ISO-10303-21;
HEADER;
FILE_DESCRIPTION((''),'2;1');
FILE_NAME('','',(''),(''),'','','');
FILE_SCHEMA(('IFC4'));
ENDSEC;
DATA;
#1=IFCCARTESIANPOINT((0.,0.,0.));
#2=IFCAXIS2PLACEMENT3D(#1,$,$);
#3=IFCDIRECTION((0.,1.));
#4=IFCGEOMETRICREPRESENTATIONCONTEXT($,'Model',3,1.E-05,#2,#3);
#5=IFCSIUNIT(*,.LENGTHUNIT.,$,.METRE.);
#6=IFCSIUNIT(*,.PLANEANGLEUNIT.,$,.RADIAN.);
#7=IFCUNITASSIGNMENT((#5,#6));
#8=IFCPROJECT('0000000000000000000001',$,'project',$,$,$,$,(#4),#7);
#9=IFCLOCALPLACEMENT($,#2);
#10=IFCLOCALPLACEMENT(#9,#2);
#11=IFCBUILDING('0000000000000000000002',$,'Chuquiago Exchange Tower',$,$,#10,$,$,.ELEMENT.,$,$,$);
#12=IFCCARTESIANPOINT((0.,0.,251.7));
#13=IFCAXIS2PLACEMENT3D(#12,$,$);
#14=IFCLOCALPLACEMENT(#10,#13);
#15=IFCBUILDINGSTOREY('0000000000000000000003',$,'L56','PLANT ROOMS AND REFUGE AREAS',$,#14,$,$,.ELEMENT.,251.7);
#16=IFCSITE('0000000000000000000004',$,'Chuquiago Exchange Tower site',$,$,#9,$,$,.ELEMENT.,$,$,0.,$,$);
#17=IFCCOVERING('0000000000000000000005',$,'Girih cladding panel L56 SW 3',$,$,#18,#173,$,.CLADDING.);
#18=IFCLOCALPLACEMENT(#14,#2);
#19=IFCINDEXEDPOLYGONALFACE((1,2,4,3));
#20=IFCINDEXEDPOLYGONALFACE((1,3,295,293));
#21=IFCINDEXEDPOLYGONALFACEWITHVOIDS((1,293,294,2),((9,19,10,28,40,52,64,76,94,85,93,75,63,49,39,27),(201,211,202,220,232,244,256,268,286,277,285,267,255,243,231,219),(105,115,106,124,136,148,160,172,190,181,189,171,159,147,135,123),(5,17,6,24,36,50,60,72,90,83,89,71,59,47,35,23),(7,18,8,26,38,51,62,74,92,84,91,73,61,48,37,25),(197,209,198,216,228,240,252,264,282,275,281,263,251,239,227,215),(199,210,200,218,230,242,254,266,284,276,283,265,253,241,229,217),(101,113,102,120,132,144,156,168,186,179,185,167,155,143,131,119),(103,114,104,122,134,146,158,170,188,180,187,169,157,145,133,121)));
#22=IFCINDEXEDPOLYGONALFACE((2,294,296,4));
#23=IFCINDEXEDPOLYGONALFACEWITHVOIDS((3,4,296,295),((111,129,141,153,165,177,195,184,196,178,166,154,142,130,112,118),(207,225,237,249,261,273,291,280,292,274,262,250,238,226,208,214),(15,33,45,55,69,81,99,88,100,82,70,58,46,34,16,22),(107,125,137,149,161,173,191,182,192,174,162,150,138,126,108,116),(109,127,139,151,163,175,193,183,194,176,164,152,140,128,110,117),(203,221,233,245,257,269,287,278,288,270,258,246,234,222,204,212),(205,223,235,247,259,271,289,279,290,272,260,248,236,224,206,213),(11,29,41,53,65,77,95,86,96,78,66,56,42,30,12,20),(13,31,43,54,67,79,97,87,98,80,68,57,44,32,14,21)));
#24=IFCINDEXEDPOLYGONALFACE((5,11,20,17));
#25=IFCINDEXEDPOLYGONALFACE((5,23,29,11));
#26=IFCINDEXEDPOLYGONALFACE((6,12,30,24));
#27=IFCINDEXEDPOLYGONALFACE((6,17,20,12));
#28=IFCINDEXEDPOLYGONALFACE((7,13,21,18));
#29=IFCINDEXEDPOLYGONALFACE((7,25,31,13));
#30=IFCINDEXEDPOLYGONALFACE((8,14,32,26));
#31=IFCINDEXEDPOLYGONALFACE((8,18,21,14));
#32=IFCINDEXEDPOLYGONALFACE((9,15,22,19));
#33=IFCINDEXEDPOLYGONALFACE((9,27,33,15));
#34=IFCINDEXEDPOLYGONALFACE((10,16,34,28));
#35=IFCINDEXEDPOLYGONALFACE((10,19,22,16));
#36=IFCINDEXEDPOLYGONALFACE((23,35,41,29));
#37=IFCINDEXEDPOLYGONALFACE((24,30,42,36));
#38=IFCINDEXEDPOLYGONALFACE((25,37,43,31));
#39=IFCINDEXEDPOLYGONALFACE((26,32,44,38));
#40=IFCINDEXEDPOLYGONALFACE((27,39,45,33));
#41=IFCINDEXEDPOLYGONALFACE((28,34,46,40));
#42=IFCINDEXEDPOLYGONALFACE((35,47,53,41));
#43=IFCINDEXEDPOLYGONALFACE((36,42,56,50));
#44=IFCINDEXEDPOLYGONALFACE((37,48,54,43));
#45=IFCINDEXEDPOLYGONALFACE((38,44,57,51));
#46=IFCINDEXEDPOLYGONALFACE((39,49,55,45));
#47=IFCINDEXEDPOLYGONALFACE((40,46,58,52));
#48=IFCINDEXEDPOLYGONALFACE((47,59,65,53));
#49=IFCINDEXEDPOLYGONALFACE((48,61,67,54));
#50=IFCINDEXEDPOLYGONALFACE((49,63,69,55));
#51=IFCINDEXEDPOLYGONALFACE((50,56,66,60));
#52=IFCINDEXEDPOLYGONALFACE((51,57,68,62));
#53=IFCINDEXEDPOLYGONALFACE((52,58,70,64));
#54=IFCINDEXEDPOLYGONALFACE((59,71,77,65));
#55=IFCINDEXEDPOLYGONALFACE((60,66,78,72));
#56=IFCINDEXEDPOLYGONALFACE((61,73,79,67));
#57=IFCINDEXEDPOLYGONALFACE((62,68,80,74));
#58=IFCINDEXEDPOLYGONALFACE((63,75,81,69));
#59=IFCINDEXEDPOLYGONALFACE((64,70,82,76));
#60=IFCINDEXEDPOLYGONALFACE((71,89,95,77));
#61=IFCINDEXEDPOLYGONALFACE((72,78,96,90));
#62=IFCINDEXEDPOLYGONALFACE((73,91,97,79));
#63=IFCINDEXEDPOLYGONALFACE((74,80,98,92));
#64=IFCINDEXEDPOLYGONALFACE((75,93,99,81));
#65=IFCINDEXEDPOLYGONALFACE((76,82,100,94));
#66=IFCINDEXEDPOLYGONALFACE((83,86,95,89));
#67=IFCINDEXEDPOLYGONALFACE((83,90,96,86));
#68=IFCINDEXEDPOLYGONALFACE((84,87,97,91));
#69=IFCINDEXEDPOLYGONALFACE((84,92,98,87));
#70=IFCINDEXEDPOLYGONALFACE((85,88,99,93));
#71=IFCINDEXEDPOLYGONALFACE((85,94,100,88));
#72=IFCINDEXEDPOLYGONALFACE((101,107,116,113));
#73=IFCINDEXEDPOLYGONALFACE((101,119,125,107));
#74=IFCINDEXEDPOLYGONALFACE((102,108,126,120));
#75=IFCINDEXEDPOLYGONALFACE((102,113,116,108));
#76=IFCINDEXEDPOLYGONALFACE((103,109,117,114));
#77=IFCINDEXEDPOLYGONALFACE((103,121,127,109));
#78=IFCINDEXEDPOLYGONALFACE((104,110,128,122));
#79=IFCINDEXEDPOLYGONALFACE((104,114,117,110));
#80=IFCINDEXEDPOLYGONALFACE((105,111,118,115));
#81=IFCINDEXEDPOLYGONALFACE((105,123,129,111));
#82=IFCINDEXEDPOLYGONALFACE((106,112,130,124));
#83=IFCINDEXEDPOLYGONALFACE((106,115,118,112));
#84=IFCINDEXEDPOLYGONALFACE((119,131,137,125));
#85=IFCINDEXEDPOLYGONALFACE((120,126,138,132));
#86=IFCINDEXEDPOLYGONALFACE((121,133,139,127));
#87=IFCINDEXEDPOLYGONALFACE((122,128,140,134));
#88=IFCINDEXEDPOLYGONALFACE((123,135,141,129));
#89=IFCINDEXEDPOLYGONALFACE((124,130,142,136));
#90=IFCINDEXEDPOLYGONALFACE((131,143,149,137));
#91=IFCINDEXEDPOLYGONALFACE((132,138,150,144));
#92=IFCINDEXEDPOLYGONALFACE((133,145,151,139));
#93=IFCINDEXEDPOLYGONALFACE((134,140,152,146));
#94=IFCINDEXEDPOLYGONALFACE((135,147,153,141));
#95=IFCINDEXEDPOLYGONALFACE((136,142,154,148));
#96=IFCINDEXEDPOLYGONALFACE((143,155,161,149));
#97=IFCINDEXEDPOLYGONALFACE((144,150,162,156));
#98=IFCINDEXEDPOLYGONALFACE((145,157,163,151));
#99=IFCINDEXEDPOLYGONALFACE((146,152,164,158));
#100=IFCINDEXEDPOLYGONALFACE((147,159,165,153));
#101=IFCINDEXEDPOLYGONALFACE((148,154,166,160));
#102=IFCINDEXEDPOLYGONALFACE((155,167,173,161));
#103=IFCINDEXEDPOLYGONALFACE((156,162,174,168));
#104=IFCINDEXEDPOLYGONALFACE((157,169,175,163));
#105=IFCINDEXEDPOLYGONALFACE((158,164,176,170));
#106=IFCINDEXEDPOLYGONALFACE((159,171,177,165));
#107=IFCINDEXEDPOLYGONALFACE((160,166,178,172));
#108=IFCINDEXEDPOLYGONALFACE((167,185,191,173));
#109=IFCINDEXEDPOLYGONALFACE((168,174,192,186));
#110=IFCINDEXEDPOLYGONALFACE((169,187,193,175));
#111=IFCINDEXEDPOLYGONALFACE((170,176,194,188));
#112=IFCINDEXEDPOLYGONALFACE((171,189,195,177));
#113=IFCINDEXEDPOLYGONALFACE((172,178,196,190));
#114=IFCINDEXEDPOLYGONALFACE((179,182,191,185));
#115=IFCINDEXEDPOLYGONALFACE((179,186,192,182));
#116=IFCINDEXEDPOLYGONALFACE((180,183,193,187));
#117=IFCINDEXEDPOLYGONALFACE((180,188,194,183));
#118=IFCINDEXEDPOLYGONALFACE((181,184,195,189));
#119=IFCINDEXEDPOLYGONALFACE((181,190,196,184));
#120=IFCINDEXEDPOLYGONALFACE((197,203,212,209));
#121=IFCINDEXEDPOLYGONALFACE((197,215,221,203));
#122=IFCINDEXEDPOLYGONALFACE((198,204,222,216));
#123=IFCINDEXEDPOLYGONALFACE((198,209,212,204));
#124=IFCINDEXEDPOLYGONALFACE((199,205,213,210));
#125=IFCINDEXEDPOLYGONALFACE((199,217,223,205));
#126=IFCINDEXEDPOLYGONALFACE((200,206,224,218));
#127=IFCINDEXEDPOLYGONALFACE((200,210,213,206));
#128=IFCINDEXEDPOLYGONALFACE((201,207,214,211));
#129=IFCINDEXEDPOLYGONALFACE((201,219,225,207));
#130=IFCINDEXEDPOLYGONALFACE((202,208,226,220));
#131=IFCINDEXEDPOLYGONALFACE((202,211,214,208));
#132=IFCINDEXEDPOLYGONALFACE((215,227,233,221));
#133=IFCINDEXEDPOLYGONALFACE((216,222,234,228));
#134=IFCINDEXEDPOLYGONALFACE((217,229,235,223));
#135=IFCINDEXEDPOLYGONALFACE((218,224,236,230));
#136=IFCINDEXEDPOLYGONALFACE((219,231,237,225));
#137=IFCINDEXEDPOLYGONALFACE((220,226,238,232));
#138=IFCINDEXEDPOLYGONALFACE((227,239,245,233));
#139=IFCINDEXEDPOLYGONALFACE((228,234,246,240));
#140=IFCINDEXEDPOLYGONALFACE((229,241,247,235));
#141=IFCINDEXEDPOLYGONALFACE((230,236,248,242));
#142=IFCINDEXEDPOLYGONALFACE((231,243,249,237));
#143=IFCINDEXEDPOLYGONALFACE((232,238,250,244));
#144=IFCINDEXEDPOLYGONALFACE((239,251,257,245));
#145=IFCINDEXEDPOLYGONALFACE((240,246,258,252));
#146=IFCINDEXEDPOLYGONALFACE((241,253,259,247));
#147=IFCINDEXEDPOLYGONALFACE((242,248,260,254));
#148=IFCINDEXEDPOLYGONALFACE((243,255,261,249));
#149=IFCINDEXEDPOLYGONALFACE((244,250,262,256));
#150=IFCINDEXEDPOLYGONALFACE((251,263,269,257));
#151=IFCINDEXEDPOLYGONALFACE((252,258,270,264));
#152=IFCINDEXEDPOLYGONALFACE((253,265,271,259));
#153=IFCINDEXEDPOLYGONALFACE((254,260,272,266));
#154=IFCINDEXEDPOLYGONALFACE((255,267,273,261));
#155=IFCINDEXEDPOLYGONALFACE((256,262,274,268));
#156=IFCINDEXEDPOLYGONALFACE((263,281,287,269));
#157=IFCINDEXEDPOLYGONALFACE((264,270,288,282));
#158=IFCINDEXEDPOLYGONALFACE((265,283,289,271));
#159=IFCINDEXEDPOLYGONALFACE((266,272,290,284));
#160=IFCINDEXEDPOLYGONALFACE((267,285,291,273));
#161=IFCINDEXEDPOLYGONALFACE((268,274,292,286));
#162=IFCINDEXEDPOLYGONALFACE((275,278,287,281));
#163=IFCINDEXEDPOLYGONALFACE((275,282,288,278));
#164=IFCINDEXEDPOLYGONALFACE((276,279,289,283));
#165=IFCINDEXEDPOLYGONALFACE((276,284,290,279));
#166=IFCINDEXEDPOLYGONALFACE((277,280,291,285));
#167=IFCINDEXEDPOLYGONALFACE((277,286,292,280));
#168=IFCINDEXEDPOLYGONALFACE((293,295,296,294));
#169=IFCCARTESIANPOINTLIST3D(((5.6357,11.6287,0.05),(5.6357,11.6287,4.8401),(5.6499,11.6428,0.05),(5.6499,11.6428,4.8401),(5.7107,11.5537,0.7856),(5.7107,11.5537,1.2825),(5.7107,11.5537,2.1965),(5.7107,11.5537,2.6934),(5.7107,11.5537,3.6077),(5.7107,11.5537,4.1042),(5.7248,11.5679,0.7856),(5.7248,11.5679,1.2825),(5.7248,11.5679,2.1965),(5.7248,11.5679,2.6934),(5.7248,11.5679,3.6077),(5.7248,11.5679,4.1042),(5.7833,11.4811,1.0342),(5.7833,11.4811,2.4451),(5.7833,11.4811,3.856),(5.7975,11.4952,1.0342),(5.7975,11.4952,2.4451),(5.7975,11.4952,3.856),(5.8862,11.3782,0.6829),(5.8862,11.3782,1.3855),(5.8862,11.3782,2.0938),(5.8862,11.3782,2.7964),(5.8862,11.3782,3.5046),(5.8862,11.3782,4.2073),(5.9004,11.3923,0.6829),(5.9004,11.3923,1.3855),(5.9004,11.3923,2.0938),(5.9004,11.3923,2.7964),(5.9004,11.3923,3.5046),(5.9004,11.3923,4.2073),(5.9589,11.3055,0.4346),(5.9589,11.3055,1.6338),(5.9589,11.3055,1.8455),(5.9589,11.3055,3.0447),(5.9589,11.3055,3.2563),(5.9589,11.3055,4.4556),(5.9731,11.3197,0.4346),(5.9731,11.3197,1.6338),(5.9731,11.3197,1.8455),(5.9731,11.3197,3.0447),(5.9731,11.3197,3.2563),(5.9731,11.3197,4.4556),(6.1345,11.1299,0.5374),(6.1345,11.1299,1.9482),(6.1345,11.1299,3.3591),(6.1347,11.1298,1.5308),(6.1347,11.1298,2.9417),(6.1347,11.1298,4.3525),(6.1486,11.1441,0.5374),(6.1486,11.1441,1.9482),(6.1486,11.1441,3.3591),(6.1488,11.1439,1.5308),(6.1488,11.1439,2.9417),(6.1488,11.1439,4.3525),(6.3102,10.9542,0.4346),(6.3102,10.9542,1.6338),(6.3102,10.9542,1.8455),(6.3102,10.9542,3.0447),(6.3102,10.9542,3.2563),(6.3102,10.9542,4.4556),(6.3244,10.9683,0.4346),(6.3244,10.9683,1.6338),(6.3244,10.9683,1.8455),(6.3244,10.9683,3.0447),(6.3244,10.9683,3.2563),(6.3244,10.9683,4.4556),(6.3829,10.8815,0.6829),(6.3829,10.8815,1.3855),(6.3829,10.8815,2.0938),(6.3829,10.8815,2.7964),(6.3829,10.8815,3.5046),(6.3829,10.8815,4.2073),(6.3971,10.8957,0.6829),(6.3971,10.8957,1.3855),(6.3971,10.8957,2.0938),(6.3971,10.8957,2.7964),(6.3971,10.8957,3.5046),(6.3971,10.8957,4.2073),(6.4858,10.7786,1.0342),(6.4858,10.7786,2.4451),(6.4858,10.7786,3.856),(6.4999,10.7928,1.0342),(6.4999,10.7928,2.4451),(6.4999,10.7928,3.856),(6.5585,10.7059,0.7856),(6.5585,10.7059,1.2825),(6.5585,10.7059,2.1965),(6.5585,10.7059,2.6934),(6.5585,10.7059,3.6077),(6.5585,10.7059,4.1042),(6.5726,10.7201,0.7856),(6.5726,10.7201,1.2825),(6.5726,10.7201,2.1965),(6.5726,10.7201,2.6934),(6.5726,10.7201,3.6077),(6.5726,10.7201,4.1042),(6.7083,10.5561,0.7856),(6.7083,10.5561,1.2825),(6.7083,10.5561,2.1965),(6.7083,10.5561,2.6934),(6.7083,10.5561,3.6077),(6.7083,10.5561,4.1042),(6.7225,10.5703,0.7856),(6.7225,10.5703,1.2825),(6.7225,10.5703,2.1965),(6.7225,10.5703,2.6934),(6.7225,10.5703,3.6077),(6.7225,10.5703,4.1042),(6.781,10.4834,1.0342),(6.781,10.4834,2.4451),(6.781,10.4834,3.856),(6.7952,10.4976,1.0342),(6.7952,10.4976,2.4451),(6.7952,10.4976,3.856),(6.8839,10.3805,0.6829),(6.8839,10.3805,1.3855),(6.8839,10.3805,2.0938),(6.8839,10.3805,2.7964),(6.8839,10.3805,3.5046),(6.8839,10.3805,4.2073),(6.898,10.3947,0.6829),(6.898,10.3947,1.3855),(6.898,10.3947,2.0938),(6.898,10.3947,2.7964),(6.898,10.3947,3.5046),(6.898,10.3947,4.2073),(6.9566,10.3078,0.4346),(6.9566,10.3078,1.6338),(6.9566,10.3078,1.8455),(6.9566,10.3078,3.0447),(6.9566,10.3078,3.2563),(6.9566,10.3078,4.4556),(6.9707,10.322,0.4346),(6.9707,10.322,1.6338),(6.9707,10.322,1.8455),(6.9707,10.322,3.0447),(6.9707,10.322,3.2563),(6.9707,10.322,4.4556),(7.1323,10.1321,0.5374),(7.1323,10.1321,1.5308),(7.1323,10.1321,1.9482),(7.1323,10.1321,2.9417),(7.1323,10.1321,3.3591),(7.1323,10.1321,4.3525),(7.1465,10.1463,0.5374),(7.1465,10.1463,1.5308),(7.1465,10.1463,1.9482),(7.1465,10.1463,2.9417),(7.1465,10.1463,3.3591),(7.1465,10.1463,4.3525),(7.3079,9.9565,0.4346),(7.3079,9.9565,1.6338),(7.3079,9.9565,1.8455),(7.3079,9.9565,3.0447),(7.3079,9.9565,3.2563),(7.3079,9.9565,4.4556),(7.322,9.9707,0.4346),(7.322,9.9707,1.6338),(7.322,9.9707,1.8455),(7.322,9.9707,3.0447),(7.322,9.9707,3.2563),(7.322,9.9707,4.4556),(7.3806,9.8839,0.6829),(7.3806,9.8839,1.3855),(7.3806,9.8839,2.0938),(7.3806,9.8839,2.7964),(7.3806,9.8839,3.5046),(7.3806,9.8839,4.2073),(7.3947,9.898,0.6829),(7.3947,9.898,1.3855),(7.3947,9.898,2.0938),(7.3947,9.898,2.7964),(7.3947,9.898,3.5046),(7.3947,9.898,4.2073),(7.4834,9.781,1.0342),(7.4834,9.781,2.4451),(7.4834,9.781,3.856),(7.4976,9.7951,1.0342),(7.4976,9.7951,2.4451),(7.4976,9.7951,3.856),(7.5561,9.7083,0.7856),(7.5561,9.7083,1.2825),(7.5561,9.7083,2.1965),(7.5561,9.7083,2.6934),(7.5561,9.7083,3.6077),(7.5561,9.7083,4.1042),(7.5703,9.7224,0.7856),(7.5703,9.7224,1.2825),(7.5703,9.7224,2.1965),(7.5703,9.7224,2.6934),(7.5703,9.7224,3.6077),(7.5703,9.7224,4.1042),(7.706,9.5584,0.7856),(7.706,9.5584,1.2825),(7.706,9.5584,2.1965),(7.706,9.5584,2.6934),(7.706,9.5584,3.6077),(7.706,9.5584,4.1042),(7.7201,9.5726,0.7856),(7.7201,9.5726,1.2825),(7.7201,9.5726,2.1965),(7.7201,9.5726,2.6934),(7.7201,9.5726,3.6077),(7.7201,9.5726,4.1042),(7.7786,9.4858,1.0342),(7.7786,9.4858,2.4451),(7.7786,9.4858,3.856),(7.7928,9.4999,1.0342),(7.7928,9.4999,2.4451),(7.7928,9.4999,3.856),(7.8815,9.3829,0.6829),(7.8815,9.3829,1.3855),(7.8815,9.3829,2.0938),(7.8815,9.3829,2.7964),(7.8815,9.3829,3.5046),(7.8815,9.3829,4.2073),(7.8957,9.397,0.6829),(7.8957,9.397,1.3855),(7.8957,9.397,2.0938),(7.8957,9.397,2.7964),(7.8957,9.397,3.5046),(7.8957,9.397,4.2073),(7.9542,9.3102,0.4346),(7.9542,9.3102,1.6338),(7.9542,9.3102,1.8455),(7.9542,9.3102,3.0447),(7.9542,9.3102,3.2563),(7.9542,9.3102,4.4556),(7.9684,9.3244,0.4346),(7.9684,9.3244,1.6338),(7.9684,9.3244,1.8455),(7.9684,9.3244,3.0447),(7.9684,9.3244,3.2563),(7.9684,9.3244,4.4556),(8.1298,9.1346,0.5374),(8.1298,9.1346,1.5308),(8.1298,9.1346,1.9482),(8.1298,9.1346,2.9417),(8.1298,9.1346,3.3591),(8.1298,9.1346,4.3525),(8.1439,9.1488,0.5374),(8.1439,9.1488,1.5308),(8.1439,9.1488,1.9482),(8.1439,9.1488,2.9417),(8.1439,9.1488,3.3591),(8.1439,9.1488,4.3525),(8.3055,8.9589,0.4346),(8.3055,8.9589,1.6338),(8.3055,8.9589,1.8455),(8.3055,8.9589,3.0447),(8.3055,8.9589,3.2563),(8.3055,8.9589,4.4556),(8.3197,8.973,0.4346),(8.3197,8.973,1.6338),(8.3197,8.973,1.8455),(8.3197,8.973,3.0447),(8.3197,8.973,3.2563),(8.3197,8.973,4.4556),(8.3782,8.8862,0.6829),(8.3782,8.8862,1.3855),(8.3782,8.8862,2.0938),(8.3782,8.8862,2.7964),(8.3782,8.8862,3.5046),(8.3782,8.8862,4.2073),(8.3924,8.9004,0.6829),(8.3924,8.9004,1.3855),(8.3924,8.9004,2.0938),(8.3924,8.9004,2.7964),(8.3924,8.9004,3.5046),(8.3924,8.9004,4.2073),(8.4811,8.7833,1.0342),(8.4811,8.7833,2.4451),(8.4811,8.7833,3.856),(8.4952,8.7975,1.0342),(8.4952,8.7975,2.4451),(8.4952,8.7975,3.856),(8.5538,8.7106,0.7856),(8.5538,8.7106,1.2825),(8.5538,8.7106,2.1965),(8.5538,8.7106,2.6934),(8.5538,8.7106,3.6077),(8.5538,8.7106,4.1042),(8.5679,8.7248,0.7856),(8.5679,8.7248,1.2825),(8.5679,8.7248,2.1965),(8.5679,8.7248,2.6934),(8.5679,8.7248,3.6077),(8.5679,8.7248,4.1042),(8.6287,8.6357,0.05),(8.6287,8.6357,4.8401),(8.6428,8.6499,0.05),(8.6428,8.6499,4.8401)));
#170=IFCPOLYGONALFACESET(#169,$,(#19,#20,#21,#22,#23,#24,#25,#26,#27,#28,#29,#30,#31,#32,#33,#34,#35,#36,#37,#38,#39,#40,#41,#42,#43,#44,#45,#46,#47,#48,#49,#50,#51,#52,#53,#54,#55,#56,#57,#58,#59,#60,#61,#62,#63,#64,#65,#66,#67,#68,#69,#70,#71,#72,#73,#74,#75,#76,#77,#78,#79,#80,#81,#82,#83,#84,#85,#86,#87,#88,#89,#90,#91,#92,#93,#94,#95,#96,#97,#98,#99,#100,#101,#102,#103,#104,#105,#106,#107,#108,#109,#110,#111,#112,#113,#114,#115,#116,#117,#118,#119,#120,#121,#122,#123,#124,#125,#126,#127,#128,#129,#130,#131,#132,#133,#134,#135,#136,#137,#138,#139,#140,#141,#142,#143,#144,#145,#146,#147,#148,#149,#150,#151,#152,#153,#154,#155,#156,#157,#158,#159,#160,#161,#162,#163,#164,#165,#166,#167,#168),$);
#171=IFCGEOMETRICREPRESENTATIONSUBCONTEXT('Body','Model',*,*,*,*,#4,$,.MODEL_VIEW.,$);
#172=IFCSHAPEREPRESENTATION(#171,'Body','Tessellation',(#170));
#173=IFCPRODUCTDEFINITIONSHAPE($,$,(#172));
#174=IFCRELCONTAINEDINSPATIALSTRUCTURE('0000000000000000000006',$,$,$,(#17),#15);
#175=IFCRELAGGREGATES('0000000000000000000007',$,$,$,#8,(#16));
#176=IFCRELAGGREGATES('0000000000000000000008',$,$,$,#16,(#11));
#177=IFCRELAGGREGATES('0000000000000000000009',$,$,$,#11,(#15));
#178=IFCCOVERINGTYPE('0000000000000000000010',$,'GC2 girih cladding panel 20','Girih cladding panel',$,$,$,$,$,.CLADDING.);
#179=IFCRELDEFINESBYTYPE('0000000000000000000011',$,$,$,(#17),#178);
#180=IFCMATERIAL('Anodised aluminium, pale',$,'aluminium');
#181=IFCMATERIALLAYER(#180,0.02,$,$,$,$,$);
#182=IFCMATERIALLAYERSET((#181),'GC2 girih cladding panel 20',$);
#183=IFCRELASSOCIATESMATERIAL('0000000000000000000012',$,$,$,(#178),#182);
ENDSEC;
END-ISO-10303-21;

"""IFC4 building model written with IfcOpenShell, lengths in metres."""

from ifc_helpers import new_model, si_unit, direction, frame, origin, place, context, subcontext, project, spatial, polyline, outline, extrude, material, layer, layer_set, type_object, element, save


model = new_model("IFC4")

# Units and contexts
model_context = context("Model", 3, precision=1e-05, world=origin(), true_north=direction((0.0, 1.0)))
body_context = subcontext(model_context, "Body", "Model", "MODEL_VIEW")
ifc_project = project(units=[si_unit("LENGTHUNIT", "METRE"), si_unit("PLANEANGLEUNIT", "RADIAN")], contexts=[model_context])

# Site, building, storey
site_placement = place(None, origin())
site = spatial("IfcSite", under=ifc_project, at=site_placement, Name="Chuquiago Exchange Tower site", CompositionType="ELEMENT", RefElevation=0.0)
building_placement = place(site_placement, origin())
building = spatial("IfcBuilding", under=site, at=building_placement, Name="Chuquiago Exchange Tower", CompositionType="ELEMENT")
storey_placement = place(building_placement, frame((0.0, 0.0, 251.7)))
storey = spatial("IfcBuildingStorey", under=building, at=storey_placement, Name="L56", Description="PLANT ROOMS AND REFUGE AREAS", CompositionType="ELEMENT", Elevation=251.7)

# Covering
ifc_material_1 = material(Name="Anodised aluminium, pale", Category="aluminium")
ifc_layer_1 = layer(ifc_material_1, 0.02)
ifc_layer_set_1 = layer_set([ifc_layer_1], Name="GC2 girih cladding panel 20")
covering_type = type_object("IfcCoveringType", Name="GC2 girih cladding panel 20", Description="Girih cladding panel", PredefinedType="CLADDING", material=ifc_layer_set_1)
covering_1_placement = place(storey_placement, frame((5.6499, 11.6428, 0.05), z_axis=(0.0, 0.0, 1.0), x_axis=(0.707107, -0.707107, 0.0)))
element("IfcCovering", 1, at=covering_1_placement, inside=storey, type_object=covering_type, Name="Girih cladding panel L56 SW 3", PredefinedType="CLADDING", context=body_context, shape_type="SweptSolid", body=[
    extrude(outline(polyline([(0.0, 0.0), (4.2327, 0.0), (4.2327, 4.79), (0.0, 4.79), (0.0, 0.0)]), holes=[polyline([(1.2021, 0.9841), (1.3049, 1.2324), (1.0566, 1.3354), (0.9539, 1.5837), (0.7056, 1.4807), (0.457, 1.5837), (0.3542, 1.3354), (0.106, 1.2324), (0.2087, 0.9841), (0.106, 0.7356), (0.3542, 0.6328), (0.457, 0.3845), (0.7053, 0.4873), (0.9539, 0.3845), (1.0566, 0.6328), (1.3049, 0.7356), (1.2021, 0.9841)]), polyline([(2.613, 0.9841), (2.7158, 1.2324), (2.4675, 1.3354), (2.3647, 1.5837), (2.1165, 1.4807), (1.8679, 1.5837), (1.7651, 1.3354), (1.5168, 1.2324), (1.6196, 0.9841), (1.5168, 0.7356), (1.7651, 0.6328), (1.8679, 0.3845), (2.1165, 0.4873), (2.3647, 0.3845), (2.4675, 0.6328), (2.7158, 0.7356), (2.613, 0.9841)]), polyline([(4.0239, 0.9841), (4.1267, 1.2324), (3.8784, 1.3354), (3.7756, 1.5837), (3.5271, 1.4807), (3.2788, 1.5837), (3.176, 1.3354), (2.9277, 1.2324), (3.0305, 0.9841), (2.9277, 0.7356), (3.176, 0.6328), (3.2788, 0.3845), (3.5271, 0.4873), (3.7756, 0.3845), (3.8784, 0.6328), (4.1267, 0.7356), (4.0239, 0.9841)]), polyline([(1.2021, 2.395), (1.3049, 2.6433), (1.0566, 2.7463), (0.9539, 2.9946), (0.7056, 2.8916), (0.457, 2.9946), (0.3542, 2.7463), (0.106, 2.6433), (0.2087, 2.395), (0.106, 2.1465), (0.3542, 2.0437), (0.457, 1.7954), (0.7053, 1.8982), (0.9539, 1.7954), (1.0566, 2.0437), (1.3049, 2.1465), (1.2021, 2.395)]), polyline([(2.613, 2.395), (2.7158, 2.6433), (2.4675, 2.7463), (2.3647, 2.9946), (2.1165, 2.8916), (1.8679, 2.9946), (1.7651, 2.7463), (1.5168, 2.6433), (1.6196, 2.395), (1.5168, 2.1465), (1.7651, 2.0437), (1.8679, 1.7954), (2.1165, 1.8982), (2.3647, 1.7954), (2.4675, 2.0437), (2.7158, 2.1465), (2.613, 2.395)]), polyline([(4.0239, 2.395), (4.1267, 2.6433), (3.8784, 2.7463), (3.7756, 2.9946), (3.5271, 2.8916), (3.2788, 2.9946), (3.176, 2.7463), (2.9277, 2.6433), (3.0305, 2.395), (2.9277, 2.1465), (3.176, 2.0437), (3.2788, 1.7954), (3.5271, 1.8982), (3.7756, 1.7954), (3.8784, 2.0437), (4.1267, 2.1465), (4.0239, 2.395)]), polyline([(1.2021, 3.8059), (1.3049, 4.0542), (1.0566, 4.1572), (0.9539, 4.4055), (0.7056, 4.3025), (0.457, 4.4055), (0.3542, 4.1572), (0.106, 4.0542), (0.2087, 3.8059), (0.106, 3.5576), (0.3542, 3.4546), (0.457, 3.2063), (0.7053, 3.3091), (0.9539, 3.2063), (1.0566, 3.4546), (1.3049, 3.5576), (1.2021, 3.8059)]), polyline([(2.613, 3.8059), (2.7158, 4.0542), (2.4675, 4.1572), (2.3647, 4.4055), (2.1165, 4.3025), (1.8679, 4.4055), (1.7651, 4.1572), (1.5168, 4.0542), (1.6196, 3.8059), (1.5168, 3.5576), (1.7651, 3.4546), (1.8679, 3.2063), (2.1165, 3.3091), (2.3647, 3.2063), (2.4675, 3.4546), (2.7158, 3.5576), (2.613, 3.8059)]), polyline([(4.0239, 3.8059), (4.1267, 4.0542), (3.8784, 4.1572), (3.7756, 4.4055), (3.5271, 4.3025), (3.2788, 4.4055), (3.176, 4.1572), (2.9277, 4.0542), (3.0305, 3.8059), (2.9277, 3.5576), (3.176, 3.4546), (3.2788, 3.2063), (3.5271, 3.3091), (3.7756, 3.2063), (3.8784, 3.4546), (4.1267, 3.5576), (4.0239, 3.8059)])]), frame((0.0, 0.0, 0.0), z_axis=(0.0, -1.0, 0.0), x_axis=(1.0, 0.0, 0.0)), (0.0, 0.0, 1.0), 0.02),
])

save(model, "model.ifc")
